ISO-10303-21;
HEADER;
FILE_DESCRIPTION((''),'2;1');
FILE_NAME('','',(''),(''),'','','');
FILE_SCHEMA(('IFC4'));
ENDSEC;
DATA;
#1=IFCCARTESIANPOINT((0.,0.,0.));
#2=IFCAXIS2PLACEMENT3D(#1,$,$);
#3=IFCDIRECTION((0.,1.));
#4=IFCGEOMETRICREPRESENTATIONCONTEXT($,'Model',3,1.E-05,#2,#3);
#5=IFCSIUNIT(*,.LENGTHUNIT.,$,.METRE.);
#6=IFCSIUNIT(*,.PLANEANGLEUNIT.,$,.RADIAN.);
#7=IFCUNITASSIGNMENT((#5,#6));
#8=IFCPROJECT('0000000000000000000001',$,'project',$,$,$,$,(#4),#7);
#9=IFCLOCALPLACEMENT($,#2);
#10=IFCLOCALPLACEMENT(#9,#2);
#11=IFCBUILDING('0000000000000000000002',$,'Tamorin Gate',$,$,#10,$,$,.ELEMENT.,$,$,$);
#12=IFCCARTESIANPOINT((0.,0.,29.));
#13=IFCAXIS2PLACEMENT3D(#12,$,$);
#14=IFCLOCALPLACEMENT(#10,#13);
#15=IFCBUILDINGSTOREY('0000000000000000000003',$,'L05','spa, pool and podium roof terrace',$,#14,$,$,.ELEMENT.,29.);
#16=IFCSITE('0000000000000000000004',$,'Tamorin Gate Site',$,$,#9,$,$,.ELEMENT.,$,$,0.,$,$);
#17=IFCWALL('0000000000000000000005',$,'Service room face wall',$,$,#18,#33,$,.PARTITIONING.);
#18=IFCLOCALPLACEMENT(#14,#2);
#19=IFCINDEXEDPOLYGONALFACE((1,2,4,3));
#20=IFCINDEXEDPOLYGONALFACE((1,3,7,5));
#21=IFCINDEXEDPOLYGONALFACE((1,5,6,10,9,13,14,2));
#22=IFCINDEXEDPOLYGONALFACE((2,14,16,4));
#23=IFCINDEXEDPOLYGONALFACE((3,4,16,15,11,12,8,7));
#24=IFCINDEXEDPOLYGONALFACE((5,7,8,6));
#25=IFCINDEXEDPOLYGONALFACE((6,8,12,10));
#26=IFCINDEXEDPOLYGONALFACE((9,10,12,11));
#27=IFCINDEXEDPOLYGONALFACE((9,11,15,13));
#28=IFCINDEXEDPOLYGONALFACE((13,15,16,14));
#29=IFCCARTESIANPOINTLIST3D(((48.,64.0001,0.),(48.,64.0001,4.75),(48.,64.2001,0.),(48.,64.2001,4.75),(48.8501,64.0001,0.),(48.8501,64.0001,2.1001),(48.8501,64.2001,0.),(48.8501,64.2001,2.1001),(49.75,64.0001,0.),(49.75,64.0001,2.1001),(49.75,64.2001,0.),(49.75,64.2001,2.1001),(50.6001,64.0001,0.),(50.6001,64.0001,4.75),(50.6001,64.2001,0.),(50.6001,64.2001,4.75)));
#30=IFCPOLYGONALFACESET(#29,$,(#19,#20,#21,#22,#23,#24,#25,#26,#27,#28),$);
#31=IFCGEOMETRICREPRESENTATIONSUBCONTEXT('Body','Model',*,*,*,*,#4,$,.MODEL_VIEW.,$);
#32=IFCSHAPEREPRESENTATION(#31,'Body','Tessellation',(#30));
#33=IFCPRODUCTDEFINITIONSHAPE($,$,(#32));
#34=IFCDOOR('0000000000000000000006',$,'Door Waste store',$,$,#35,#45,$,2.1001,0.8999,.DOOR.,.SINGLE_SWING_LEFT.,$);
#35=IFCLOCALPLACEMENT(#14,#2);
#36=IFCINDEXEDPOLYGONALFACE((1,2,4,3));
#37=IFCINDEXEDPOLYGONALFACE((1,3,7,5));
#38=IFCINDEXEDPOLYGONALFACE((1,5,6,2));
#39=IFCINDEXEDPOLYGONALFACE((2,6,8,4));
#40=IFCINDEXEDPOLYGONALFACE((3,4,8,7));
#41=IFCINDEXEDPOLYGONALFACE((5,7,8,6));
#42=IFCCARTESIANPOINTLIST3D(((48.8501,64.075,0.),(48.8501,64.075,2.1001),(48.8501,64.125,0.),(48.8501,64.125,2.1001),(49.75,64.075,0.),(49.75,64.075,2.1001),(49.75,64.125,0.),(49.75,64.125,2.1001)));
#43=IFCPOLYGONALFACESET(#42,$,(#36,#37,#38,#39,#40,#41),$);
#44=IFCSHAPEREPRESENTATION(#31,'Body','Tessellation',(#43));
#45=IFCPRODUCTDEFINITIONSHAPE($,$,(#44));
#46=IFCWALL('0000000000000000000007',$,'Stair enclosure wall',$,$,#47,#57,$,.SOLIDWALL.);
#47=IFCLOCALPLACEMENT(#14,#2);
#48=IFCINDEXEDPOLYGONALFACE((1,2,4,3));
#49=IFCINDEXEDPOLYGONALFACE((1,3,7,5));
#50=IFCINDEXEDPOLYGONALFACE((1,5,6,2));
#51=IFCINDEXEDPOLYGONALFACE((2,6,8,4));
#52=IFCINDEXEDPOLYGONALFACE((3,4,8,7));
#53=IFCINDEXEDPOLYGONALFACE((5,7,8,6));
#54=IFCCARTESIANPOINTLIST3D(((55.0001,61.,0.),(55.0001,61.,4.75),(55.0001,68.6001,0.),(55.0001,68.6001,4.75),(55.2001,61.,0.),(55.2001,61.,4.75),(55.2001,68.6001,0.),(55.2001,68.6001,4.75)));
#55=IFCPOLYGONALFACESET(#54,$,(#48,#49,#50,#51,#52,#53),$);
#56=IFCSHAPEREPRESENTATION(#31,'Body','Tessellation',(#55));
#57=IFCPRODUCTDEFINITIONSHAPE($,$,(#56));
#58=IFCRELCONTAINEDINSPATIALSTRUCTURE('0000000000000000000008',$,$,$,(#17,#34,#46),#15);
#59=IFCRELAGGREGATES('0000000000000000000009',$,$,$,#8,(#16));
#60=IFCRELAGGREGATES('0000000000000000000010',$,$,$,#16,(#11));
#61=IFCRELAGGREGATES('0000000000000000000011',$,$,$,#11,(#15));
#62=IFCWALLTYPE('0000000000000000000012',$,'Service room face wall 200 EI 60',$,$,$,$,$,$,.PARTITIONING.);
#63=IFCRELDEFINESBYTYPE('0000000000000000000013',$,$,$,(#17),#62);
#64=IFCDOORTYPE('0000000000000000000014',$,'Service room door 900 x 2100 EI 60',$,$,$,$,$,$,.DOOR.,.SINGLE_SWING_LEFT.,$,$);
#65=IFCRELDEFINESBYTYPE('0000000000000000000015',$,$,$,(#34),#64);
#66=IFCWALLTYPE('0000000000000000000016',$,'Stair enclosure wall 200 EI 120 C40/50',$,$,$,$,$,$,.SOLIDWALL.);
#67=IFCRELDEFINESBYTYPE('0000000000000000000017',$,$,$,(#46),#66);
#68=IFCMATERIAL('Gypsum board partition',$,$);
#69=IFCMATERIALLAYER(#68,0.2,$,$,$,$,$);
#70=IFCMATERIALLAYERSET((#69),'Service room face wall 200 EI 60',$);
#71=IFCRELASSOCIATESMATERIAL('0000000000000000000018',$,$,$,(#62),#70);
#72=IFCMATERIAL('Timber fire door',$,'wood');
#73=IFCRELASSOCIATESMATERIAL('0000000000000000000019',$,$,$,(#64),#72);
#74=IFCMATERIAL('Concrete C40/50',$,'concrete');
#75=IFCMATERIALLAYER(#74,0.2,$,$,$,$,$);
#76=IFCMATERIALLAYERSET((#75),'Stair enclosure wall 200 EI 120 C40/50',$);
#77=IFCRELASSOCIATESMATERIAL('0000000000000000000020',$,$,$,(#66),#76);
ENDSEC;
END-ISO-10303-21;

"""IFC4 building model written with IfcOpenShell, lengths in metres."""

from ifc_helpers import new_model, si_unit, direction, frame, frame_2d, origin, place, context, subcontext, project, spatial, rectangle, extrude, material, layer, layer_set, type_object, element, fill, save


model = new_model("IFC4")

# Units and contexts
model_context = context("Model", 3, precision=1e-05, world=origin(), true_north=direction((0.0, 1.0)))
body_context = subcontext(model_context, "Body", "Model", "MODEL_VIEW")
ifc_project = project(units=[si_unit("LENGTHUNIT", "METRE"), si_unit("PLANEANGLEUNIT", "RADIAN")], contexts=[model_context])

# Site, building, storey
site_placement = place(None, origin())
site = spatial("IfcSite", under=ifc_project, at=site_placement, Name="Tamorin Gate Site", CompositionType="ELEMENT", RefElevation=0.0)
building_placement = place(site_placement, origin())
building = spatial("IfcBuilding", under=site, at=building_placement, Name="Tamorin Gate", CompositionType="ELEMENT")
storey_placement = place(building_placement, frame((0.0, 0.0, 29.0)))
storey = spatial("IfcBuildingStorey", under=building, at=storey_placement, Name="L05", Description="spa, pool and podium roof terrace", CompositionType="ELEMENT", Elevation=29.0)

# Wall, opening, door
ifc_material_1 = material(Name="Gypsum board partition")
ifc_layer_1 = layer(ifc_material_1, 0.2)
ifc_layer_set_1 = layer_set([ifc_layer_1], Name="Service room face wall 200 EI 60")
wall_type_1 = type_object("IfcWallType", Name="Service room face wall 200 EI 60", PredefinedType="PARTITIONING", material=ifc_layer_set_1)
wall_1_placement = place(storey_placement, frame((48.0, 64.1001, 0.0), z_axis=(0.0, 0.0, 1.0), x_axis=(1.0, 0.0, 0.0)))
wall_1 = element("IfcWall", 1, at=wall_1_placement, inside=storey, type_object=wall_type_1, Name="Service room face wall", PredefinedType="PARTITIONING", context=body_context, shape_type="SweptSolid", body=[
    extrude(rectangle(XDim=2.6001, YDim=0.2, at=frame_2d((1.3, 0.0))), origin(), (0.0, 0.0, 1.0), 4.75),
])
opening_1_placement = place(wall_1_placement, frame((0.8501, 0.0, 0.0)))
opening_1 = element("IfcOpeningElement", 2, at=opening_1_placement, cuts=wall_1, PredefinedType="OPENING", context=body_context, shape_type="SweptSolid", body=[
    extrude(rectangle(XDim=0.8999, YDim=2.1001, at=frame_2d((0.45, 1.05))), frame((0.0, 0.1099, 0.0), z_axis=(0.0, -1.0, 0.0), x_axis=(1.0, 0.0, 0.0)), (0.0, 0.0, 1.0), 0.22),
])
ifc_material_2 = material(Name="Timber fire door", Category="wood")
door_type_1 = type_object("IfcDoorType", Name="Service room door 900 x 2100 EI 60", OperationType="SINGLE_SWING_LEFT", PredefinedType="DOOR", material=ifc_material_2)
door_1_placement = place(opening_1_placement, origin())
door_1 = element("IfcDoor", 3, at=door_1_placement, inside=storey, type_object=door_type_1, Name="Door Waste store", OperationType="SINGLE_SWING_LEFT", OverallHeight=2.1001, OverallWidth=0.8999, PredefinedType="DOOR", context=body_context, shape_type="SweptSolid", body=[
    extrude(rectangle(XDim=0.8999, YDim=2.1001, at=frame_2d((0.45, 1.05))), frame((0.0, 0.0249, 0.0), z_axis=(0.0, -1.0, 0.0), x_axis=(1.0, 0.0, 0.0)), (0.0, 0.0, 1.0), 0.05),
])
fill(opening_1, door_1)

# Wall
ifc_material_3 = material(Name="Concrete C40/50", Category="concrete")
ifc_layer_2 = layer(ifc_material_3, 0.2)
ifc_layer_set_2 = layer_set([ifc_layer_2], Name="Stair enclosure wall 200 EI 120 C40/50")
wall_type_2 = type_object("IfcWallType", Name="Stair enclosure wall 200 EI 120 C40/50", PredefinedType="SOLIDWALL", material=ifc_layer_set_2)
wall_2_placement = place(storey_placement, frame((55.1001, 61.0, 0.0), z_axis=(0.0, 0.0, 1.0), x_axis=(0.0, 1.0, 0.0)))
element("IfcWall", 4, at=wall_2_placement, inside=storey, type_object=wall_type_2, Name="Stair enclosure wall", PredefinedType="SOLIDWALL", context=body_context, shape_type="SweptSolid", body=[
    extrude(rectangle(XDim=7.6001, YDim=0.2, at=frame_2d((3.8, 0.0))), origin(), (0.0, 0.0, 1.0), 4.75),
])

save(model, "model.ifc")
